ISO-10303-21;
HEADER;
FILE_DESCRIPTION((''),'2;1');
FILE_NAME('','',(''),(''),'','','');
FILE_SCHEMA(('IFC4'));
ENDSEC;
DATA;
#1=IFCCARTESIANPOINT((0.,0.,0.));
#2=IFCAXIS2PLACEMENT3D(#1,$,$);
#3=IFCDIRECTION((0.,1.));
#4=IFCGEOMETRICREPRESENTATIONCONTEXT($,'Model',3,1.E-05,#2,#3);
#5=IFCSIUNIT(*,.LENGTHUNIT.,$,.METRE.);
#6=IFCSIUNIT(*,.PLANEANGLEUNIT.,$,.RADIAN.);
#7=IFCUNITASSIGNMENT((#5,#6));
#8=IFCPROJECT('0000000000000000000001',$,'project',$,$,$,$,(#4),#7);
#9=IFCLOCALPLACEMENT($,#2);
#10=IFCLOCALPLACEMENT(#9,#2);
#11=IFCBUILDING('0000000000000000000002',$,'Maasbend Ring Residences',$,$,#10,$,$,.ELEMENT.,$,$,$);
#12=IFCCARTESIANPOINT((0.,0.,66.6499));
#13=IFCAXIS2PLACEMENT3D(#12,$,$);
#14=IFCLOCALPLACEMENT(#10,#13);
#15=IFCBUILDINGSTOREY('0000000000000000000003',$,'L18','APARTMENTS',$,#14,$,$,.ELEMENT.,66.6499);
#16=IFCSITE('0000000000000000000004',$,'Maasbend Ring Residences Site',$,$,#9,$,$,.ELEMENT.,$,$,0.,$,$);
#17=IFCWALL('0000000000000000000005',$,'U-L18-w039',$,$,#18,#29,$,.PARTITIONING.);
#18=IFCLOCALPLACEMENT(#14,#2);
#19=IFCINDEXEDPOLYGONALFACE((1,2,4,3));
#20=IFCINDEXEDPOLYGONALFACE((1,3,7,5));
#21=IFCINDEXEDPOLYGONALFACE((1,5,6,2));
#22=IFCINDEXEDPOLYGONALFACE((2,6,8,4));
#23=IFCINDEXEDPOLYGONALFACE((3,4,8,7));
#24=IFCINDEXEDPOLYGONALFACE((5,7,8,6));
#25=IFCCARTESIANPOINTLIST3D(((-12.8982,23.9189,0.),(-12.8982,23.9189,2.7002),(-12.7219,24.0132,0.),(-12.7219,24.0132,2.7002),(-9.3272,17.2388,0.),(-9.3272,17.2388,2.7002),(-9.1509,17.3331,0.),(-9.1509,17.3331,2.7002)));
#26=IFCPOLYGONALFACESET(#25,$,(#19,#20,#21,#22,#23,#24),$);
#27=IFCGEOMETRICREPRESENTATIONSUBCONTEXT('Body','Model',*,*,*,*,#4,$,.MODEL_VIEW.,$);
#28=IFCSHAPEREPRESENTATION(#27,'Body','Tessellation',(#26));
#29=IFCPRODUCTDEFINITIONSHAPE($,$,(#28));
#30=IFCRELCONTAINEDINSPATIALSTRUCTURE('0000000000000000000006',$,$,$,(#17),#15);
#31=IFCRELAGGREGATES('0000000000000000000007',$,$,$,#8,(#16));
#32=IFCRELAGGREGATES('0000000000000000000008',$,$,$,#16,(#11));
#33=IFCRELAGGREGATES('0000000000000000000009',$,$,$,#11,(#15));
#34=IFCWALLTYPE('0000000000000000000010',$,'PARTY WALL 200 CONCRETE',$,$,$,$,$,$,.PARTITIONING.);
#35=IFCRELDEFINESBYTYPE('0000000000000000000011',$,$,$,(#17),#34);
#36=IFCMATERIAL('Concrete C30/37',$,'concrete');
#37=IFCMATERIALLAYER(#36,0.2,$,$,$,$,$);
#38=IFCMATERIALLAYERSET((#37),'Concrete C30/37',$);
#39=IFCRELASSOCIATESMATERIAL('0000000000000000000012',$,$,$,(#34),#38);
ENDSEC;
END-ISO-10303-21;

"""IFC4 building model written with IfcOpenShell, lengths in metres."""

from ifc_helpers import new_model, si_unit, direction, frame, frame_2d, origin, place, context, subcontext, project, spatial, rectangle, extrude, material, layer, layer_set, type_object, element, save


model = new_model("IFC4")

# Units and contexts
model_context = context("Model", 3, precision=1e-05, world=origin(), true_north=direction((0.0, 1.0)))
body_context = subcontext(model_context, "Body", "Model", "MODEL_VIEW")
ifc_project = project(units=[si_unit("LENGTHUNIT", "METRE"), si_unit("PLANEANGLEUNIT", "RADIAN")], contexts=[model_context])

# Site, building, storey
site_placement = place(None, origin())
site = spatial("IfcSite", under=ifc_project, at=site_placement, Name="Maasbend Ring Residences Site", CompositionType="ELEMENT", RefElevation=0.0)
building_placement = place(site_placement, origin())
building = spatial("IfcBuilding", under=site, at=building_placement, Name="Maasbend Ring Residences", CompositionType="ELEMENT")
storey_placement = place(building_placement, frame((0.0, 0.0, 66.6499)))
storey = spatial("IfcBuildingStorey", under=building, at=storey_placement, Name="L18", Description="APARTMENTS", CompositionType="ELEMENT", Elevation=66.6499)

# Wall
ifc_material_1 = material(Name="Concrete C30/37", Category="concrete")
ifc_layer_1 = layer(ifc_material_1, 0.2)
ifc_layer_set_1 = layer_set([ifc_layer_1], Name="Concrete C30/37")
wall_type_1 = type_object("IfcWallType", Name="PARTY WALL 200 CONCRETE", PredefinedType="PARTITIONING", material=ifc_layer_set_1)
wall_1_placement = place(storey_placement, frame((-12.8101, 23.9661, 0.0), z_axis=(0.0, 0.0, 1.0), x_axis=(0.47144, -0.881898, 0.0)))
element("IfcWall", 1, at=wall_1_placement, inside=storey, type_object=wall_type_1, Name="U-L18-w039", PredefinedType="PARTITIONING", context=body_context, shape_type="SweptSolid", body=[
    extrude(rectangle(XDim=7.5747, YDim=0.2, at=frame_2d((3.7874, 0.0))), origin(), (0.0, 0.0, 1.0), 2.7002),
])

save(model, "model.ifc")
